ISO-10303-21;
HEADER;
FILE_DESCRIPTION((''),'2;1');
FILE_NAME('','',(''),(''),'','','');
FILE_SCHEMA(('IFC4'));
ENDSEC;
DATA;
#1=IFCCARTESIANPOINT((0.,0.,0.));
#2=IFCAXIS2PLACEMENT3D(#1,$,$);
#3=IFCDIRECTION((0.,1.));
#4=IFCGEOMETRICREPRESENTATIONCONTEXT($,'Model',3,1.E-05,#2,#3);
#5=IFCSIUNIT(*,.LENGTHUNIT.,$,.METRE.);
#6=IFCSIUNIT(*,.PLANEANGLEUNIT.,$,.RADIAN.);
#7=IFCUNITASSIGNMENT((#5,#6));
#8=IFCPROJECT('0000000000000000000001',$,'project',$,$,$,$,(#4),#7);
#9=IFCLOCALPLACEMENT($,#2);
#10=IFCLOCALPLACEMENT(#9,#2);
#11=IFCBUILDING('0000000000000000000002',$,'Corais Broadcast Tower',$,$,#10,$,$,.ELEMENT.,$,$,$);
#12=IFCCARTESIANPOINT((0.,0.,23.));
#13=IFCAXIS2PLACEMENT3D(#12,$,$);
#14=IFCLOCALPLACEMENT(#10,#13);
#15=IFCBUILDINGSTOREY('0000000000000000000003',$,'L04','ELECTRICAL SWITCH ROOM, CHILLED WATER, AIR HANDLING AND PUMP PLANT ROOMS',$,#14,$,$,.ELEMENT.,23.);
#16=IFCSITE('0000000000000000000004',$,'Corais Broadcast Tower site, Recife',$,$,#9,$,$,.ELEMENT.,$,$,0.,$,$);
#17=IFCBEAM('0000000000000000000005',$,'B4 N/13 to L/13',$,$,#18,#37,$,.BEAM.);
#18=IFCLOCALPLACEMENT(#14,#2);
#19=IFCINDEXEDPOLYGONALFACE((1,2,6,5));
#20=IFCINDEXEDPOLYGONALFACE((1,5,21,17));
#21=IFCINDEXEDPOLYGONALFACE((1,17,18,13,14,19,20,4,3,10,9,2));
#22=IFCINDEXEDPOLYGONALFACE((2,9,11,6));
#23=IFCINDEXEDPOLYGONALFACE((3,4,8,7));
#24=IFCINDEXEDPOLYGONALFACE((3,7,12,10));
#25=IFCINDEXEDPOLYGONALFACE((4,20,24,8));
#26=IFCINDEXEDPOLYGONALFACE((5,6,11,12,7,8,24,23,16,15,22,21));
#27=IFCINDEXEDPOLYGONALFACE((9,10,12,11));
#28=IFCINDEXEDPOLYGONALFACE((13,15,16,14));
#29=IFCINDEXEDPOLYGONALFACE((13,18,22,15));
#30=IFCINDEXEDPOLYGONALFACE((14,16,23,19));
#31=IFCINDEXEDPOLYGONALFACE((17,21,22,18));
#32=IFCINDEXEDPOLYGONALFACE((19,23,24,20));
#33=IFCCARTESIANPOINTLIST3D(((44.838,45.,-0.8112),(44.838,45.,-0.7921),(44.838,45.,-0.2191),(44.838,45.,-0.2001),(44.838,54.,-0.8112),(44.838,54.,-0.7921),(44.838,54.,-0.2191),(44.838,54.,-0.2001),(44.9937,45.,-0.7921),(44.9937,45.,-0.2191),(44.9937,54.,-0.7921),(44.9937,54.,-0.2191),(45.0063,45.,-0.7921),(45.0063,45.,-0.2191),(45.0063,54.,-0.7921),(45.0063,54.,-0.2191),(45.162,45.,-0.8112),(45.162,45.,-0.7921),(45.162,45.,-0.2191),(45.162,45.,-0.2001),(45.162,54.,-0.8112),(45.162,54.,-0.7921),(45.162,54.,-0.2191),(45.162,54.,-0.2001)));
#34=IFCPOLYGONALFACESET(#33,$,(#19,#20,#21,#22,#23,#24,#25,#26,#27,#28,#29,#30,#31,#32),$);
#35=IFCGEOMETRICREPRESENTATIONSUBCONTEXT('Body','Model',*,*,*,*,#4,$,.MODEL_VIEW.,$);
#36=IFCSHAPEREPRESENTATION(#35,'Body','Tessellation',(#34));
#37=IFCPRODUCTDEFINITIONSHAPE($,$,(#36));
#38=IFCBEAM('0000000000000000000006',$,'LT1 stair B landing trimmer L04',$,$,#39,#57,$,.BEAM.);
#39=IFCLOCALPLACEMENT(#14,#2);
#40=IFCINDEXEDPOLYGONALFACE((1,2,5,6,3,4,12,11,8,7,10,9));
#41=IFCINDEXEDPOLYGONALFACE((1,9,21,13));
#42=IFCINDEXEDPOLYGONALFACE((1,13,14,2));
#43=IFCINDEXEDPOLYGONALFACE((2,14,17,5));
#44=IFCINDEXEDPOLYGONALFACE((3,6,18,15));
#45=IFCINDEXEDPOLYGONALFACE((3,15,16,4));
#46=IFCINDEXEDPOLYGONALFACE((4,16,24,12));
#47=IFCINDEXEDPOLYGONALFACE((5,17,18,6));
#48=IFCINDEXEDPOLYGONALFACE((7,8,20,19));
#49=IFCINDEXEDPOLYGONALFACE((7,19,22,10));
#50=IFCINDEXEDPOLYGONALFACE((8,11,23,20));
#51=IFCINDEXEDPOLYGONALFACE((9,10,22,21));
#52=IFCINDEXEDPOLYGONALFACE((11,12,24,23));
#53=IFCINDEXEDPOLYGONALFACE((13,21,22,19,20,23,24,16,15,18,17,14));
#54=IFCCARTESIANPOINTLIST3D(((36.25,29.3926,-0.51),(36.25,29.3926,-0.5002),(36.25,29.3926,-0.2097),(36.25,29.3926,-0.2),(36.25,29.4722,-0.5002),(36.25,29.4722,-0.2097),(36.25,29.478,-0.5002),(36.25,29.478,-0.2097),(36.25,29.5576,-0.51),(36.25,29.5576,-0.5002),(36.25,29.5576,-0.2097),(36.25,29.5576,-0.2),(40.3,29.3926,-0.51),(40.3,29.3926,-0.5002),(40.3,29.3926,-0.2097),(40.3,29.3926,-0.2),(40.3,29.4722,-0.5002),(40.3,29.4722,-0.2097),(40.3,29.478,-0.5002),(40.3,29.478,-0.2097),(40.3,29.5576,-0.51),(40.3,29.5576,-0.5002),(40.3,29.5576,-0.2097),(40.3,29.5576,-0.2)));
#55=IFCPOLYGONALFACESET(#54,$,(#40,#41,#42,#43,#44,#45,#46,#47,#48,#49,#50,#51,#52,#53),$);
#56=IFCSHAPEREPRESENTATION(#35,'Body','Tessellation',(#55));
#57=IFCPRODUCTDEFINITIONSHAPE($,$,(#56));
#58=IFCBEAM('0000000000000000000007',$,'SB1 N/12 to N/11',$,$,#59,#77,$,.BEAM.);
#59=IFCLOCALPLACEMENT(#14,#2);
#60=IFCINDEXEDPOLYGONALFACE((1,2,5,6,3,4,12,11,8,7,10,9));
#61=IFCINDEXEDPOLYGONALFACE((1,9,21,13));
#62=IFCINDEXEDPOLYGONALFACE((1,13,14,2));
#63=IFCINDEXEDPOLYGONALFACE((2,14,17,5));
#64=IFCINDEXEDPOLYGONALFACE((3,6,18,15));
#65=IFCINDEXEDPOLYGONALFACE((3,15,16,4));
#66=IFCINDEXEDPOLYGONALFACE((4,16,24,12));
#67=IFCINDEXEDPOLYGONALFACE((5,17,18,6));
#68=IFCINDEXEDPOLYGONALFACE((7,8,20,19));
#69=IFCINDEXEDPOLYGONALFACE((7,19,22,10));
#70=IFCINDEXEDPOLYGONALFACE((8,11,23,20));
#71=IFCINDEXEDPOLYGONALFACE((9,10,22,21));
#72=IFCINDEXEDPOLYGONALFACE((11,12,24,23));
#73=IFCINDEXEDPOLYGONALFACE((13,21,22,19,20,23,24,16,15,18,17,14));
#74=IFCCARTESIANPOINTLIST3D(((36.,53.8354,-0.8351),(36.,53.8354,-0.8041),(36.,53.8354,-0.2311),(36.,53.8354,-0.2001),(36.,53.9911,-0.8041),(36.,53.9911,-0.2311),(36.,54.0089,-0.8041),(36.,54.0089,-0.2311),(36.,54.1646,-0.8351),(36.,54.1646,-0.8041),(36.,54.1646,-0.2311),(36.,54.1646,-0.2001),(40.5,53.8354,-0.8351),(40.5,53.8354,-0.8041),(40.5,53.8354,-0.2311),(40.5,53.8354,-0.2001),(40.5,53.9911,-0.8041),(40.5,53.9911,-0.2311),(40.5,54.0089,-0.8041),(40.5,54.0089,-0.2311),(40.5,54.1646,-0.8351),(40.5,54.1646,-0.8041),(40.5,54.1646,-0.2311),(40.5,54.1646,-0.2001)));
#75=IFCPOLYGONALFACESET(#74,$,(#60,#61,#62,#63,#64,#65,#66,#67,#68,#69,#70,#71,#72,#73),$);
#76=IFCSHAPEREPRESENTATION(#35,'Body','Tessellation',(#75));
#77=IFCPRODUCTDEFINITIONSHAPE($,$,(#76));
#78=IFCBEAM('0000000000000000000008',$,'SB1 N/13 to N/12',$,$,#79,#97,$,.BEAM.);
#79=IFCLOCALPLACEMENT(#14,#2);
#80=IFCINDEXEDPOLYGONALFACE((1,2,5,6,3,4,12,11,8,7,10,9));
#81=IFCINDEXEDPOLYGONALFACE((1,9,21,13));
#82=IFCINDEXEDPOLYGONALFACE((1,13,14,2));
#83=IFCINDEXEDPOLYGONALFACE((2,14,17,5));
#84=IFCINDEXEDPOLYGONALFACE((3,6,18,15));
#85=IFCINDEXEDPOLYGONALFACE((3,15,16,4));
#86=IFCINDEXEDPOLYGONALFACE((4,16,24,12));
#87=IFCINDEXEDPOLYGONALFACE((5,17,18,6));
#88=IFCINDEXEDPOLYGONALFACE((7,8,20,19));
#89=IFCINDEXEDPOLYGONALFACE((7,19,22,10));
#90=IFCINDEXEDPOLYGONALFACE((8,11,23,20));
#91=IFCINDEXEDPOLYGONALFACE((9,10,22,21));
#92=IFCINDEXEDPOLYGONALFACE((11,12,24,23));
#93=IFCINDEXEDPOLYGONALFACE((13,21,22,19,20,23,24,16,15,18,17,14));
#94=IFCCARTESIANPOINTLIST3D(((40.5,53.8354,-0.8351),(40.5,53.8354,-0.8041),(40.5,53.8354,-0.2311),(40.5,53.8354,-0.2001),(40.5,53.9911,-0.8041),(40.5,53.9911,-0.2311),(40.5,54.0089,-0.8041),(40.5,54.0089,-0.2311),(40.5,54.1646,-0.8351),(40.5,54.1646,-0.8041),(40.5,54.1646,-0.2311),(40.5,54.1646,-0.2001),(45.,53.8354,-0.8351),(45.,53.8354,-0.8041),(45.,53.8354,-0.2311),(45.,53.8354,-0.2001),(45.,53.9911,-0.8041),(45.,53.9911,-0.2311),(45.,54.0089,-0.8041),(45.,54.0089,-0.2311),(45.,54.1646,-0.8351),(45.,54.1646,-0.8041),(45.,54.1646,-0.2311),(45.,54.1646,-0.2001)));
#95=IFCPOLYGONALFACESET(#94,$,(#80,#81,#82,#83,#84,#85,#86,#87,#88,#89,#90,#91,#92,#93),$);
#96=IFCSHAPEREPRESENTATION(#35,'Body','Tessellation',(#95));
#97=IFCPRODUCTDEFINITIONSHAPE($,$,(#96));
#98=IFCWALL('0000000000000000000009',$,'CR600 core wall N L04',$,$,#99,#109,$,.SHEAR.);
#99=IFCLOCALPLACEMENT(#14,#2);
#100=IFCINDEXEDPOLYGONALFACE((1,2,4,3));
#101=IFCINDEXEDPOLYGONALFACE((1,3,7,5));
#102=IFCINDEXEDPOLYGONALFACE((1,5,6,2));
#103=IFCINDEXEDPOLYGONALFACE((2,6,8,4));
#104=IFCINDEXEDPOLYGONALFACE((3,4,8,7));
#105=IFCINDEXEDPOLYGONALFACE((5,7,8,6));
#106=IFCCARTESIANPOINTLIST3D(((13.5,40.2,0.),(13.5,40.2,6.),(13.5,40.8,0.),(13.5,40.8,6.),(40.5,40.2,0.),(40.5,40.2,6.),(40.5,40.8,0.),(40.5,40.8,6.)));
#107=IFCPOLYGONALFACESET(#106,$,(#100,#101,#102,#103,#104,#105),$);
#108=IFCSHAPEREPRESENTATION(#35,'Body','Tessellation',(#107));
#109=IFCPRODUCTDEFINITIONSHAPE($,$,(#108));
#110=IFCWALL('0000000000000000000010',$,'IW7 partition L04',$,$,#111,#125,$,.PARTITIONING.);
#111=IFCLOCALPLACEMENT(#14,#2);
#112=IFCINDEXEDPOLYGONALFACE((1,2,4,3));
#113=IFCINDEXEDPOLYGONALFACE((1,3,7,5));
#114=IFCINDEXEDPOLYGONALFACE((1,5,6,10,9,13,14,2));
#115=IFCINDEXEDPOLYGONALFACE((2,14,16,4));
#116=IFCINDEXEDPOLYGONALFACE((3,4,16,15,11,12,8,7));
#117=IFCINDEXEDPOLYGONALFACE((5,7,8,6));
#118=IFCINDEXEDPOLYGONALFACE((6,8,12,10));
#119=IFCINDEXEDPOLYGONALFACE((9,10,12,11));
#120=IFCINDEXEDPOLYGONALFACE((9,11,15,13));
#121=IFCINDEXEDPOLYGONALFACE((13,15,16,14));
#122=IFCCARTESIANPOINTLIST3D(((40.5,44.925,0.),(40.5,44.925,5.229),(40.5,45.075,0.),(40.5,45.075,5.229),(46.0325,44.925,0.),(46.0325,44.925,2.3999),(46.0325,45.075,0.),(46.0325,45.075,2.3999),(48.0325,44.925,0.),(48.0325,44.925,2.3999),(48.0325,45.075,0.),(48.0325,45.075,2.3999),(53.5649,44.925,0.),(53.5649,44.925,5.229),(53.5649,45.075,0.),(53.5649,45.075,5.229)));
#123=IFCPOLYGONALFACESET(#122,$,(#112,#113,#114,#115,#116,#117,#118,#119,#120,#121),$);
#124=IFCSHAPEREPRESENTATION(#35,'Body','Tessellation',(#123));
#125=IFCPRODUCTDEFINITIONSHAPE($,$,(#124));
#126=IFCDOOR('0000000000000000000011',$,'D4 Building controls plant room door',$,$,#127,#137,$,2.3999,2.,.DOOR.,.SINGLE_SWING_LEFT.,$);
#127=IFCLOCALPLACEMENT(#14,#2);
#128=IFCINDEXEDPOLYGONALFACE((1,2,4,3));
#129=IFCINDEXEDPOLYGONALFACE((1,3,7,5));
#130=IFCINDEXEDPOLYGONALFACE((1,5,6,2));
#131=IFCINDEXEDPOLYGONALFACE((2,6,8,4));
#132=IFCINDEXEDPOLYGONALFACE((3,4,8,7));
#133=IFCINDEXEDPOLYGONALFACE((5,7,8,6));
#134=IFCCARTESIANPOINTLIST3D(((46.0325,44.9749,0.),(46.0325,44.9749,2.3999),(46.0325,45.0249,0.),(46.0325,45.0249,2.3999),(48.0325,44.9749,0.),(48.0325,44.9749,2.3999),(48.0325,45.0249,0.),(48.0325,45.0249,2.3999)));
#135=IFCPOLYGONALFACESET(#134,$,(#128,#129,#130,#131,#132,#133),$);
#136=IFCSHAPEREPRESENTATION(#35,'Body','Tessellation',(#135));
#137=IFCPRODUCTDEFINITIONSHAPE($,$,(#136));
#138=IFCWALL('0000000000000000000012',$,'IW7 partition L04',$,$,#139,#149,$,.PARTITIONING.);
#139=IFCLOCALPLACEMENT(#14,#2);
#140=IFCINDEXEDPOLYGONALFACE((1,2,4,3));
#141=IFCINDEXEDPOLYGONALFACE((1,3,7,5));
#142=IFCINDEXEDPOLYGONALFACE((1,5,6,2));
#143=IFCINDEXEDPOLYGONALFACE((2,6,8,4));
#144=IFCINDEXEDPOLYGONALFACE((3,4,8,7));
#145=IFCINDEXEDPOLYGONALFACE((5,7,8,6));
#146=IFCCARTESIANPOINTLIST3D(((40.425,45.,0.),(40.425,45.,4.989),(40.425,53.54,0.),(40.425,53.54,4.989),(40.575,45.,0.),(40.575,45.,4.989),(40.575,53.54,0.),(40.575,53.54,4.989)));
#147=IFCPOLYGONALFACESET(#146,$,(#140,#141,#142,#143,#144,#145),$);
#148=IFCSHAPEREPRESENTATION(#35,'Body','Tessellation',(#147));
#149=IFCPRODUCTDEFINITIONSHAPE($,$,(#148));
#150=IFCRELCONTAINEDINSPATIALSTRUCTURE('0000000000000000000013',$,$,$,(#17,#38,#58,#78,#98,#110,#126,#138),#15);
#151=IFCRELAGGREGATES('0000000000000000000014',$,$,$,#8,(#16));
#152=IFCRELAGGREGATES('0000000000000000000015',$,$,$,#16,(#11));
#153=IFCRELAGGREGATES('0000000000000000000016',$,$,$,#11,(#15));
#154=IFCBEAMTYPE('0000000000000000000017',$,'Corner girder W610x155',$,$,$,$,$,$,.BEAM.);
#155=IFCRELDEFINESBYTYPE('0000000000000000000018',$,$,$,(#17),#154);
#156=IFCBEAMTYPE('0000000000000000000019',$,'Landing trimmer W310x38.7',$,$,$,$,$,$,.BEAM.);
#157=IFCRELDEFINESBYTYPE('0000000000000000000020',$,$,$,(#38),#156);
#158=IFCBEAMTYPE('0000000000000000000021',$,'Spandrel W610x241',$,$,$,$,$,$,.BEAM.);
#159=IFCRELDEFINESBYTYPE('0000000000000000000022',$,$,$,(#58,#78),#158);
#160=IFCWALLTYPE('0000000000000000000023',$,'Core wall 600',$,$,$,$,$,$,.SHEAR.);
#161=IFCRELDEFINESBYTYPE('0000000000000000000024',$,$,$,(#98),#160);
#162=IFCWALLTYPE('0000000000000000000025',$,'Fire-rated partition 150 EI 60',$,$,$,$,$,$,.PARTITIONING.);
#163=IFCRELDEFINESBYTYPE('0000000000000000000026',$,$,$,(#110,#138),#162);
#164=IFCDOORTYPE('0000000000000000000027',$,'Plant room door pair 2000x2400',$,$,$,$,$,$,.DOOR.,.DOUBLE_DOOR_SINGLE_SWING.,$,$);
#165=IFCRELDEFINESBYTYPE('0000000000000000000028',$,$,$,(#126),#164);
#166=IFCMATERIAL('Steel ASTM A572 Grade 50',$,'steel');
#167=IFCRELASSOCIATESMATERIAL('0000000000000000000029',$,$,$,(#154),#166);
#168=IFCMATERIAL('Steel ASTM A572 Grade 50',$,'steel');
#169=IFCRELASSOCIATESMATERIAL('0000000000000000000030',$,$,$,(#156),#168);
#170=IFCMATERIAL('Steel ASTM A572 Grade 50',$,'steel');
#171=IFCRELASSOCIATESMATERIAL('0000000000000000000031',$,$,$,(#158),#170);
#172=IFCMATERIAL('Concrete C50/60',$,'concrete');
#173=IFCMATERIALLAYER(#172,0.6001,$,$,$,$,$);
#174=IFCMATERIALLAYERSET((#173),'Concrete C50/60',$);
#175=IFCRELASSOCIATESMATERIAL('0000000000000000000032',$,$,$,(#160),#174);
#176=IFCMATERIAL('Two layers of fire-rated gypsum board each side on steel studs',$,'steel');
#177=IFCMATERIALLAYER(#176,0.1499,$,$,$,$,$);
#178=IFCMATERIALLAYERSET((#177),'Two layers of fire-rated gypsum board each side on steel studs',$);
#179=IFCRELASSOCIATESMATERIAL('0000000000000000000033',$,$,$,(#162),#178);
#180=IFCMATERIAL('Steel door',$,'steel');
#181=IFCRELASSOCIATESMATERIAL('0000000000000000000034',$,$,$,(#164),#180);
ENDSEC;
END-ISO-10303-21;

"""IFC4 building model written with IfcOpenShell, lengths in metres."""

from ifc_helpers import new_model, si_unit, direction, frame, frame_2d, origin, origin_2d, place, context, subcontext, project, spatial, rectangle, i_section, extrude, material, layer, layer_set, material_profile, profile_set, type_object, element, fill, save


model = new_model("IFC4")

# Units and contexts
model_context = context("Model", 3, precision=1e-05, world=origin(), true_north=direction((0.0, 1.0)))
body_context = subcontext(model_context, "Body", "Model", "MODEL_VIEW")
ifc_project = project(units=[si_unit("LENGTHUNIT", "METRE"), si_unit("PLANEANGLEUNIT", "RADIAN")], contexts=[model_context])

# Site, building, storey
site_placement = place(None, origin())
site = spatial("IfcSite", under=ifc_project, at=site_placement, Name="Corais Broadcast Tower site, Recife", CompositionType="ELEMENT", RefElevation=0.0)
building_placement = place(site_placement, origin())
building = spatial("IfcBuilding", under=site, at=building_placement, Name="Corais Broadcast Tower", CompositionType="ELEMENT")
storey_placement = place(building_placement, frame((0.0, 0.0, 23.0)))
storey = spatial("IfcBuildingStorey", under=building, at=storey_placement, Name="L04", Description="ELECTRICAL SWITCH ROOM, CHILLED WATER, AIR HANDLING AND PUMP PLANT ROOMS", CompositionType="ELEMENT", Elevation=23.0)

# Beams
ifc_material_1 = material(Name="Steel ASTM A572 Grade 50", Category="steel")
ifc_material_profile_1 = material_profile(ifc_material_1, i_section(OverallWidth=0.324, OverallDepth=0.6111, WebThickness=0.0127, FlangeThickness=0.019, at=origin_2d()), Name="W610x155")
ifc_profile_set_1 = profile_set([ifc_material_profile_1], Name="Steel ASTM A572 Grade 50")
beam_type_1 = type_object("IfcBeamType", Name="Corner girder W610x155", PredefinedType="BEAM", material=ifc_profile_set_1)
beam_1_placement = place(storey_placement, frame((45.0, 54.0, -0.5056), z_axis=(0.0, -1.0, 0.0), x_axis=(1.0, 0.0, 0.0)))
element("IfcBeam", 1, at=beam_1_placement, inside=storey, type_object=beam_type_1, Name="B4 N/13 to L/13", PredefinedType="BEAM", context=body_context, shape_type="SweptSolid", body=[
    extrude(i_section(OverallWidth=0.324, OverallDepth=0.6111, WebThickness=0.0127, FlangeThickness=0.019, at=origin_2d()), origin(), (0.0, 0.0, 1.0), 9.0),
])
ifc_material_2 = material(Name="Steel ASTM A572 Grade 50", Category="steel")
ifc_material_profile_2 = material_profile(ifc_material_2, i_section(OverallWidth=0.165, OverallDepth=0.3101, WebThickness=0.0059, FlangeThickness=0.0098, at=origin_2d()), Name="W310x38.7")
ifc_profile_set_2 = profile_set([ifc_material_profile_2], Name="Steel ASTM A572 Grade 50")
beam_type_2 = type_object("IfcBeamType", Name="Landing trimmer W310x38.7", PredefinedType="BEAM", material=ifc_profile_set_2)
beam_2_placement = place(storey_placement, frame((36.25, 29.4751, -0.355), z_axis=(1.0, 0.0, 0.0), x_axis=(0.0, 1.0, 0.0)))
element("IfcBeam", 2, at=beam_2_placement, inside=storey, type_object=beam_type_2, Name="LT1 stair B landing trimmer L04", PredefinedType="BEAM", context=body_context, shape_type="SweptSolid", body=[
    extrude(i_section(OverallWidth=0.165, OverallDepth=0.3101, WebThickness=0.0059, FlangeThickness=0.0098, at=origin_2d()), origin(), (0.0, 0.0, 1.0), 4.05),
])
ifc_material_3 = material(Name="Steel ASTM A572 Grade 50", Category="steel")
ifc_material_profile_3 = material_profile(ifc_material_3, i_section(OverallWidth=0.3291, OverallDepth=0.635, WebThickness=0.0178, FlangeThickness=0.031, at=origin_2d()), Name="W610x241")
ifc_profile_set_3 = profile_set([ifc_material_profile_3], Name="Steel ASTM A572 Grade 50")
beam_type_3 = type_object("IfcBeamType", Name="Spandrel W610x241", PredefinedType="BEAM", material=ifc_profile_set_3)
for number, where, z_axis, x_axis, name in (
    (3, (40.5, 54.0, -0.5176), (-1.0, 0.0, 0.0), (0.0, -1.0, 0.0), "SB1 N/12 to N/11"),
    (4, (45.0, 54.0, -0.5176), (-1.0, 0.0, 0.0), (0.0, -1.0, 0.0), "SB1 N/13 to N/12"),
):
    element("IfcBeam", number, at=place(storey_placement, frame(where, z_axis=z_axis, x_axis=x_axis)), inside=storey, type_object=beam_type_3, Name=name, PredefinedType="BEAM", context=body_context, shape_type="SweptSolid", body=[
        extrude(i_section(OverallWidth=0.3291, OverallDepth=0.635, WebThickness=0.0178, FlangeThickness=0.031, at=origin_2d()), origin(), (0.0, 0.0, 1.0), 4.5),
    ])

# Wall
ifc_material_4 = material(Name="Concrete C50/60", Category="concrete")
ifc_layer_1 = layer(ifc_material_4, 0.6001)
ifc_layer_set_1 = layer_set([ifc_layer_1], Name="Concrete C50/60")
wall_type_1 = type_object("IfcWallType", Name="Core wall 600", PredefinedType="SHEAR", material=ifc_layer_set_1)
wall_1_placement = place(storey_placement, frame((40.5, 40.5, 0.0), z_axis=(0.0, 0.0, 1.0), x_axis=(-1.0, 0.0, 0.0)))
element("IfcWall", 5, at=wall_1_placement, inside=storey, type_object=wall_type_1, Name="CR600 core wall N L04", PredefinedType="SHEAR", context=body_context, shape_type="SweptSolid", body=[
    extrude(rectangle(XDim=27.0, YDim=0.6001, at=frame_2d((13.5, 0.0))), origin(), (0.0, 0.0, 1.0), 6.0),
])

# Wall, opening, door
ifc_material_5 = material(Name="Two layers of fire-rated gypsum board each side on steel studs", Category="steel")
ifc_layer_2 = layer(ifc_material_5, 0.1499)
ifc_layer_set_2 = layer_set([ifc_layer_2], Name="Two layers of fire-rated gypsum board each side on steel studs")
wall_type_2 = type_object("IfcWallType", Name="Fire-rated partition 150 EI 60", PredefinedType="PARTITIONING", material=ifc_layer_set_2)
wall_2_placement = place(storey_placement, frame((40.5, 45.0, 0.0), z_axis=(0.0, 0.0, 1.0), x_axis=(1.0, 0.0, 0.0)))
wall_2 = element("IfcWall", 6, at=wall_2_placement, inside=storey, type_object=wall_type_2, Name="IW7 partition L04", PredefinedType="PARTITIONING", context=body_context, shape_type="SweptSolid", body=[
    extrude(rectangle(XDim=13.0649, YDim=0.1499, at=frame_2d((6.5325, 0.0))), origin(), (0.0, 0.0, 1.0), 5.229),
])
opening_1_placement = place(wall_2_placement, frame((5.5325, 0.0, 0.0)))
opening_1 = element("IfcOpeningElement", 7, at=opening_1_placement, cuts=wall_2, PredefinedType="OPENING", context=body_context, shape_type="SweptSolid", body=[
    extrude(rectangle(XDim=2.0, YDim=2.3999, at=frame_2d((1.0, 1.2))), frame((0.0, 0.085, 0.0), z_axis=(0.0, -1.0, 0.0), x_axis=(1.0, 0.0, 0.0)), (0.0, 0.0, 1.0), 0.1699),
])
ifc_material_6 = material(Name="Steel door", Category="steel")
door_type_1 = type_object("IfcDoorType", Name="Plant room door pair 2000x2400", OperationType="DOUBLE_DOOR_SINGLE_SWING", PredefinedType="DOOR", material=ifc_material_6)
door_1_placement = place(opening_1_placement, origin())
door_1 = element("IfcDoor", 8, at=door_1_placement, inside=storey, type_object=door_type_1, Name="D4 Building controls plant room door", OperationType="SINGLE_SWING_LEFT", OverallHeight=2.3999, OverallWidth=2.0, PredefinedType="DOOR", context=body_context, shape_type="SweptSolid", body=[
    extrude(rectangle(XDim=2.0, YDim=2.3999, at=frame_2d((1.0, 1.2))), frame((0.0, 0.0249, 0.0), z_axis=(0.0, -1.0, 0.0), x_axis=(1.0, 0.0, 0.0)), (0.0, 0.0, 1.0), 0.05),
])
fill(opening_1, door_1)

# Wall
wall_3_placement = place(storey_placement, frame((40.5, 53.54, 0.0), z_axis=(0.0, 0.0, 1.0), x_axis=(0.0, -1.0, 0.0)))
element("IfcWall", 9, at=wall_3_placement, inside=storey, type_object=wall_type_2, Name="IW7 partition L04", PredefinedType="PARTITIONING", context=body_context, shape_type="SweptSolid", body=[
    extrude(rectangle(XDim=8.54, YDim=0.1499, at=frame_2d((4.27, 0.0))), origin(), (0.0, 0.0, 1.0), 4.989),
])

save(model, "model.ifc")
